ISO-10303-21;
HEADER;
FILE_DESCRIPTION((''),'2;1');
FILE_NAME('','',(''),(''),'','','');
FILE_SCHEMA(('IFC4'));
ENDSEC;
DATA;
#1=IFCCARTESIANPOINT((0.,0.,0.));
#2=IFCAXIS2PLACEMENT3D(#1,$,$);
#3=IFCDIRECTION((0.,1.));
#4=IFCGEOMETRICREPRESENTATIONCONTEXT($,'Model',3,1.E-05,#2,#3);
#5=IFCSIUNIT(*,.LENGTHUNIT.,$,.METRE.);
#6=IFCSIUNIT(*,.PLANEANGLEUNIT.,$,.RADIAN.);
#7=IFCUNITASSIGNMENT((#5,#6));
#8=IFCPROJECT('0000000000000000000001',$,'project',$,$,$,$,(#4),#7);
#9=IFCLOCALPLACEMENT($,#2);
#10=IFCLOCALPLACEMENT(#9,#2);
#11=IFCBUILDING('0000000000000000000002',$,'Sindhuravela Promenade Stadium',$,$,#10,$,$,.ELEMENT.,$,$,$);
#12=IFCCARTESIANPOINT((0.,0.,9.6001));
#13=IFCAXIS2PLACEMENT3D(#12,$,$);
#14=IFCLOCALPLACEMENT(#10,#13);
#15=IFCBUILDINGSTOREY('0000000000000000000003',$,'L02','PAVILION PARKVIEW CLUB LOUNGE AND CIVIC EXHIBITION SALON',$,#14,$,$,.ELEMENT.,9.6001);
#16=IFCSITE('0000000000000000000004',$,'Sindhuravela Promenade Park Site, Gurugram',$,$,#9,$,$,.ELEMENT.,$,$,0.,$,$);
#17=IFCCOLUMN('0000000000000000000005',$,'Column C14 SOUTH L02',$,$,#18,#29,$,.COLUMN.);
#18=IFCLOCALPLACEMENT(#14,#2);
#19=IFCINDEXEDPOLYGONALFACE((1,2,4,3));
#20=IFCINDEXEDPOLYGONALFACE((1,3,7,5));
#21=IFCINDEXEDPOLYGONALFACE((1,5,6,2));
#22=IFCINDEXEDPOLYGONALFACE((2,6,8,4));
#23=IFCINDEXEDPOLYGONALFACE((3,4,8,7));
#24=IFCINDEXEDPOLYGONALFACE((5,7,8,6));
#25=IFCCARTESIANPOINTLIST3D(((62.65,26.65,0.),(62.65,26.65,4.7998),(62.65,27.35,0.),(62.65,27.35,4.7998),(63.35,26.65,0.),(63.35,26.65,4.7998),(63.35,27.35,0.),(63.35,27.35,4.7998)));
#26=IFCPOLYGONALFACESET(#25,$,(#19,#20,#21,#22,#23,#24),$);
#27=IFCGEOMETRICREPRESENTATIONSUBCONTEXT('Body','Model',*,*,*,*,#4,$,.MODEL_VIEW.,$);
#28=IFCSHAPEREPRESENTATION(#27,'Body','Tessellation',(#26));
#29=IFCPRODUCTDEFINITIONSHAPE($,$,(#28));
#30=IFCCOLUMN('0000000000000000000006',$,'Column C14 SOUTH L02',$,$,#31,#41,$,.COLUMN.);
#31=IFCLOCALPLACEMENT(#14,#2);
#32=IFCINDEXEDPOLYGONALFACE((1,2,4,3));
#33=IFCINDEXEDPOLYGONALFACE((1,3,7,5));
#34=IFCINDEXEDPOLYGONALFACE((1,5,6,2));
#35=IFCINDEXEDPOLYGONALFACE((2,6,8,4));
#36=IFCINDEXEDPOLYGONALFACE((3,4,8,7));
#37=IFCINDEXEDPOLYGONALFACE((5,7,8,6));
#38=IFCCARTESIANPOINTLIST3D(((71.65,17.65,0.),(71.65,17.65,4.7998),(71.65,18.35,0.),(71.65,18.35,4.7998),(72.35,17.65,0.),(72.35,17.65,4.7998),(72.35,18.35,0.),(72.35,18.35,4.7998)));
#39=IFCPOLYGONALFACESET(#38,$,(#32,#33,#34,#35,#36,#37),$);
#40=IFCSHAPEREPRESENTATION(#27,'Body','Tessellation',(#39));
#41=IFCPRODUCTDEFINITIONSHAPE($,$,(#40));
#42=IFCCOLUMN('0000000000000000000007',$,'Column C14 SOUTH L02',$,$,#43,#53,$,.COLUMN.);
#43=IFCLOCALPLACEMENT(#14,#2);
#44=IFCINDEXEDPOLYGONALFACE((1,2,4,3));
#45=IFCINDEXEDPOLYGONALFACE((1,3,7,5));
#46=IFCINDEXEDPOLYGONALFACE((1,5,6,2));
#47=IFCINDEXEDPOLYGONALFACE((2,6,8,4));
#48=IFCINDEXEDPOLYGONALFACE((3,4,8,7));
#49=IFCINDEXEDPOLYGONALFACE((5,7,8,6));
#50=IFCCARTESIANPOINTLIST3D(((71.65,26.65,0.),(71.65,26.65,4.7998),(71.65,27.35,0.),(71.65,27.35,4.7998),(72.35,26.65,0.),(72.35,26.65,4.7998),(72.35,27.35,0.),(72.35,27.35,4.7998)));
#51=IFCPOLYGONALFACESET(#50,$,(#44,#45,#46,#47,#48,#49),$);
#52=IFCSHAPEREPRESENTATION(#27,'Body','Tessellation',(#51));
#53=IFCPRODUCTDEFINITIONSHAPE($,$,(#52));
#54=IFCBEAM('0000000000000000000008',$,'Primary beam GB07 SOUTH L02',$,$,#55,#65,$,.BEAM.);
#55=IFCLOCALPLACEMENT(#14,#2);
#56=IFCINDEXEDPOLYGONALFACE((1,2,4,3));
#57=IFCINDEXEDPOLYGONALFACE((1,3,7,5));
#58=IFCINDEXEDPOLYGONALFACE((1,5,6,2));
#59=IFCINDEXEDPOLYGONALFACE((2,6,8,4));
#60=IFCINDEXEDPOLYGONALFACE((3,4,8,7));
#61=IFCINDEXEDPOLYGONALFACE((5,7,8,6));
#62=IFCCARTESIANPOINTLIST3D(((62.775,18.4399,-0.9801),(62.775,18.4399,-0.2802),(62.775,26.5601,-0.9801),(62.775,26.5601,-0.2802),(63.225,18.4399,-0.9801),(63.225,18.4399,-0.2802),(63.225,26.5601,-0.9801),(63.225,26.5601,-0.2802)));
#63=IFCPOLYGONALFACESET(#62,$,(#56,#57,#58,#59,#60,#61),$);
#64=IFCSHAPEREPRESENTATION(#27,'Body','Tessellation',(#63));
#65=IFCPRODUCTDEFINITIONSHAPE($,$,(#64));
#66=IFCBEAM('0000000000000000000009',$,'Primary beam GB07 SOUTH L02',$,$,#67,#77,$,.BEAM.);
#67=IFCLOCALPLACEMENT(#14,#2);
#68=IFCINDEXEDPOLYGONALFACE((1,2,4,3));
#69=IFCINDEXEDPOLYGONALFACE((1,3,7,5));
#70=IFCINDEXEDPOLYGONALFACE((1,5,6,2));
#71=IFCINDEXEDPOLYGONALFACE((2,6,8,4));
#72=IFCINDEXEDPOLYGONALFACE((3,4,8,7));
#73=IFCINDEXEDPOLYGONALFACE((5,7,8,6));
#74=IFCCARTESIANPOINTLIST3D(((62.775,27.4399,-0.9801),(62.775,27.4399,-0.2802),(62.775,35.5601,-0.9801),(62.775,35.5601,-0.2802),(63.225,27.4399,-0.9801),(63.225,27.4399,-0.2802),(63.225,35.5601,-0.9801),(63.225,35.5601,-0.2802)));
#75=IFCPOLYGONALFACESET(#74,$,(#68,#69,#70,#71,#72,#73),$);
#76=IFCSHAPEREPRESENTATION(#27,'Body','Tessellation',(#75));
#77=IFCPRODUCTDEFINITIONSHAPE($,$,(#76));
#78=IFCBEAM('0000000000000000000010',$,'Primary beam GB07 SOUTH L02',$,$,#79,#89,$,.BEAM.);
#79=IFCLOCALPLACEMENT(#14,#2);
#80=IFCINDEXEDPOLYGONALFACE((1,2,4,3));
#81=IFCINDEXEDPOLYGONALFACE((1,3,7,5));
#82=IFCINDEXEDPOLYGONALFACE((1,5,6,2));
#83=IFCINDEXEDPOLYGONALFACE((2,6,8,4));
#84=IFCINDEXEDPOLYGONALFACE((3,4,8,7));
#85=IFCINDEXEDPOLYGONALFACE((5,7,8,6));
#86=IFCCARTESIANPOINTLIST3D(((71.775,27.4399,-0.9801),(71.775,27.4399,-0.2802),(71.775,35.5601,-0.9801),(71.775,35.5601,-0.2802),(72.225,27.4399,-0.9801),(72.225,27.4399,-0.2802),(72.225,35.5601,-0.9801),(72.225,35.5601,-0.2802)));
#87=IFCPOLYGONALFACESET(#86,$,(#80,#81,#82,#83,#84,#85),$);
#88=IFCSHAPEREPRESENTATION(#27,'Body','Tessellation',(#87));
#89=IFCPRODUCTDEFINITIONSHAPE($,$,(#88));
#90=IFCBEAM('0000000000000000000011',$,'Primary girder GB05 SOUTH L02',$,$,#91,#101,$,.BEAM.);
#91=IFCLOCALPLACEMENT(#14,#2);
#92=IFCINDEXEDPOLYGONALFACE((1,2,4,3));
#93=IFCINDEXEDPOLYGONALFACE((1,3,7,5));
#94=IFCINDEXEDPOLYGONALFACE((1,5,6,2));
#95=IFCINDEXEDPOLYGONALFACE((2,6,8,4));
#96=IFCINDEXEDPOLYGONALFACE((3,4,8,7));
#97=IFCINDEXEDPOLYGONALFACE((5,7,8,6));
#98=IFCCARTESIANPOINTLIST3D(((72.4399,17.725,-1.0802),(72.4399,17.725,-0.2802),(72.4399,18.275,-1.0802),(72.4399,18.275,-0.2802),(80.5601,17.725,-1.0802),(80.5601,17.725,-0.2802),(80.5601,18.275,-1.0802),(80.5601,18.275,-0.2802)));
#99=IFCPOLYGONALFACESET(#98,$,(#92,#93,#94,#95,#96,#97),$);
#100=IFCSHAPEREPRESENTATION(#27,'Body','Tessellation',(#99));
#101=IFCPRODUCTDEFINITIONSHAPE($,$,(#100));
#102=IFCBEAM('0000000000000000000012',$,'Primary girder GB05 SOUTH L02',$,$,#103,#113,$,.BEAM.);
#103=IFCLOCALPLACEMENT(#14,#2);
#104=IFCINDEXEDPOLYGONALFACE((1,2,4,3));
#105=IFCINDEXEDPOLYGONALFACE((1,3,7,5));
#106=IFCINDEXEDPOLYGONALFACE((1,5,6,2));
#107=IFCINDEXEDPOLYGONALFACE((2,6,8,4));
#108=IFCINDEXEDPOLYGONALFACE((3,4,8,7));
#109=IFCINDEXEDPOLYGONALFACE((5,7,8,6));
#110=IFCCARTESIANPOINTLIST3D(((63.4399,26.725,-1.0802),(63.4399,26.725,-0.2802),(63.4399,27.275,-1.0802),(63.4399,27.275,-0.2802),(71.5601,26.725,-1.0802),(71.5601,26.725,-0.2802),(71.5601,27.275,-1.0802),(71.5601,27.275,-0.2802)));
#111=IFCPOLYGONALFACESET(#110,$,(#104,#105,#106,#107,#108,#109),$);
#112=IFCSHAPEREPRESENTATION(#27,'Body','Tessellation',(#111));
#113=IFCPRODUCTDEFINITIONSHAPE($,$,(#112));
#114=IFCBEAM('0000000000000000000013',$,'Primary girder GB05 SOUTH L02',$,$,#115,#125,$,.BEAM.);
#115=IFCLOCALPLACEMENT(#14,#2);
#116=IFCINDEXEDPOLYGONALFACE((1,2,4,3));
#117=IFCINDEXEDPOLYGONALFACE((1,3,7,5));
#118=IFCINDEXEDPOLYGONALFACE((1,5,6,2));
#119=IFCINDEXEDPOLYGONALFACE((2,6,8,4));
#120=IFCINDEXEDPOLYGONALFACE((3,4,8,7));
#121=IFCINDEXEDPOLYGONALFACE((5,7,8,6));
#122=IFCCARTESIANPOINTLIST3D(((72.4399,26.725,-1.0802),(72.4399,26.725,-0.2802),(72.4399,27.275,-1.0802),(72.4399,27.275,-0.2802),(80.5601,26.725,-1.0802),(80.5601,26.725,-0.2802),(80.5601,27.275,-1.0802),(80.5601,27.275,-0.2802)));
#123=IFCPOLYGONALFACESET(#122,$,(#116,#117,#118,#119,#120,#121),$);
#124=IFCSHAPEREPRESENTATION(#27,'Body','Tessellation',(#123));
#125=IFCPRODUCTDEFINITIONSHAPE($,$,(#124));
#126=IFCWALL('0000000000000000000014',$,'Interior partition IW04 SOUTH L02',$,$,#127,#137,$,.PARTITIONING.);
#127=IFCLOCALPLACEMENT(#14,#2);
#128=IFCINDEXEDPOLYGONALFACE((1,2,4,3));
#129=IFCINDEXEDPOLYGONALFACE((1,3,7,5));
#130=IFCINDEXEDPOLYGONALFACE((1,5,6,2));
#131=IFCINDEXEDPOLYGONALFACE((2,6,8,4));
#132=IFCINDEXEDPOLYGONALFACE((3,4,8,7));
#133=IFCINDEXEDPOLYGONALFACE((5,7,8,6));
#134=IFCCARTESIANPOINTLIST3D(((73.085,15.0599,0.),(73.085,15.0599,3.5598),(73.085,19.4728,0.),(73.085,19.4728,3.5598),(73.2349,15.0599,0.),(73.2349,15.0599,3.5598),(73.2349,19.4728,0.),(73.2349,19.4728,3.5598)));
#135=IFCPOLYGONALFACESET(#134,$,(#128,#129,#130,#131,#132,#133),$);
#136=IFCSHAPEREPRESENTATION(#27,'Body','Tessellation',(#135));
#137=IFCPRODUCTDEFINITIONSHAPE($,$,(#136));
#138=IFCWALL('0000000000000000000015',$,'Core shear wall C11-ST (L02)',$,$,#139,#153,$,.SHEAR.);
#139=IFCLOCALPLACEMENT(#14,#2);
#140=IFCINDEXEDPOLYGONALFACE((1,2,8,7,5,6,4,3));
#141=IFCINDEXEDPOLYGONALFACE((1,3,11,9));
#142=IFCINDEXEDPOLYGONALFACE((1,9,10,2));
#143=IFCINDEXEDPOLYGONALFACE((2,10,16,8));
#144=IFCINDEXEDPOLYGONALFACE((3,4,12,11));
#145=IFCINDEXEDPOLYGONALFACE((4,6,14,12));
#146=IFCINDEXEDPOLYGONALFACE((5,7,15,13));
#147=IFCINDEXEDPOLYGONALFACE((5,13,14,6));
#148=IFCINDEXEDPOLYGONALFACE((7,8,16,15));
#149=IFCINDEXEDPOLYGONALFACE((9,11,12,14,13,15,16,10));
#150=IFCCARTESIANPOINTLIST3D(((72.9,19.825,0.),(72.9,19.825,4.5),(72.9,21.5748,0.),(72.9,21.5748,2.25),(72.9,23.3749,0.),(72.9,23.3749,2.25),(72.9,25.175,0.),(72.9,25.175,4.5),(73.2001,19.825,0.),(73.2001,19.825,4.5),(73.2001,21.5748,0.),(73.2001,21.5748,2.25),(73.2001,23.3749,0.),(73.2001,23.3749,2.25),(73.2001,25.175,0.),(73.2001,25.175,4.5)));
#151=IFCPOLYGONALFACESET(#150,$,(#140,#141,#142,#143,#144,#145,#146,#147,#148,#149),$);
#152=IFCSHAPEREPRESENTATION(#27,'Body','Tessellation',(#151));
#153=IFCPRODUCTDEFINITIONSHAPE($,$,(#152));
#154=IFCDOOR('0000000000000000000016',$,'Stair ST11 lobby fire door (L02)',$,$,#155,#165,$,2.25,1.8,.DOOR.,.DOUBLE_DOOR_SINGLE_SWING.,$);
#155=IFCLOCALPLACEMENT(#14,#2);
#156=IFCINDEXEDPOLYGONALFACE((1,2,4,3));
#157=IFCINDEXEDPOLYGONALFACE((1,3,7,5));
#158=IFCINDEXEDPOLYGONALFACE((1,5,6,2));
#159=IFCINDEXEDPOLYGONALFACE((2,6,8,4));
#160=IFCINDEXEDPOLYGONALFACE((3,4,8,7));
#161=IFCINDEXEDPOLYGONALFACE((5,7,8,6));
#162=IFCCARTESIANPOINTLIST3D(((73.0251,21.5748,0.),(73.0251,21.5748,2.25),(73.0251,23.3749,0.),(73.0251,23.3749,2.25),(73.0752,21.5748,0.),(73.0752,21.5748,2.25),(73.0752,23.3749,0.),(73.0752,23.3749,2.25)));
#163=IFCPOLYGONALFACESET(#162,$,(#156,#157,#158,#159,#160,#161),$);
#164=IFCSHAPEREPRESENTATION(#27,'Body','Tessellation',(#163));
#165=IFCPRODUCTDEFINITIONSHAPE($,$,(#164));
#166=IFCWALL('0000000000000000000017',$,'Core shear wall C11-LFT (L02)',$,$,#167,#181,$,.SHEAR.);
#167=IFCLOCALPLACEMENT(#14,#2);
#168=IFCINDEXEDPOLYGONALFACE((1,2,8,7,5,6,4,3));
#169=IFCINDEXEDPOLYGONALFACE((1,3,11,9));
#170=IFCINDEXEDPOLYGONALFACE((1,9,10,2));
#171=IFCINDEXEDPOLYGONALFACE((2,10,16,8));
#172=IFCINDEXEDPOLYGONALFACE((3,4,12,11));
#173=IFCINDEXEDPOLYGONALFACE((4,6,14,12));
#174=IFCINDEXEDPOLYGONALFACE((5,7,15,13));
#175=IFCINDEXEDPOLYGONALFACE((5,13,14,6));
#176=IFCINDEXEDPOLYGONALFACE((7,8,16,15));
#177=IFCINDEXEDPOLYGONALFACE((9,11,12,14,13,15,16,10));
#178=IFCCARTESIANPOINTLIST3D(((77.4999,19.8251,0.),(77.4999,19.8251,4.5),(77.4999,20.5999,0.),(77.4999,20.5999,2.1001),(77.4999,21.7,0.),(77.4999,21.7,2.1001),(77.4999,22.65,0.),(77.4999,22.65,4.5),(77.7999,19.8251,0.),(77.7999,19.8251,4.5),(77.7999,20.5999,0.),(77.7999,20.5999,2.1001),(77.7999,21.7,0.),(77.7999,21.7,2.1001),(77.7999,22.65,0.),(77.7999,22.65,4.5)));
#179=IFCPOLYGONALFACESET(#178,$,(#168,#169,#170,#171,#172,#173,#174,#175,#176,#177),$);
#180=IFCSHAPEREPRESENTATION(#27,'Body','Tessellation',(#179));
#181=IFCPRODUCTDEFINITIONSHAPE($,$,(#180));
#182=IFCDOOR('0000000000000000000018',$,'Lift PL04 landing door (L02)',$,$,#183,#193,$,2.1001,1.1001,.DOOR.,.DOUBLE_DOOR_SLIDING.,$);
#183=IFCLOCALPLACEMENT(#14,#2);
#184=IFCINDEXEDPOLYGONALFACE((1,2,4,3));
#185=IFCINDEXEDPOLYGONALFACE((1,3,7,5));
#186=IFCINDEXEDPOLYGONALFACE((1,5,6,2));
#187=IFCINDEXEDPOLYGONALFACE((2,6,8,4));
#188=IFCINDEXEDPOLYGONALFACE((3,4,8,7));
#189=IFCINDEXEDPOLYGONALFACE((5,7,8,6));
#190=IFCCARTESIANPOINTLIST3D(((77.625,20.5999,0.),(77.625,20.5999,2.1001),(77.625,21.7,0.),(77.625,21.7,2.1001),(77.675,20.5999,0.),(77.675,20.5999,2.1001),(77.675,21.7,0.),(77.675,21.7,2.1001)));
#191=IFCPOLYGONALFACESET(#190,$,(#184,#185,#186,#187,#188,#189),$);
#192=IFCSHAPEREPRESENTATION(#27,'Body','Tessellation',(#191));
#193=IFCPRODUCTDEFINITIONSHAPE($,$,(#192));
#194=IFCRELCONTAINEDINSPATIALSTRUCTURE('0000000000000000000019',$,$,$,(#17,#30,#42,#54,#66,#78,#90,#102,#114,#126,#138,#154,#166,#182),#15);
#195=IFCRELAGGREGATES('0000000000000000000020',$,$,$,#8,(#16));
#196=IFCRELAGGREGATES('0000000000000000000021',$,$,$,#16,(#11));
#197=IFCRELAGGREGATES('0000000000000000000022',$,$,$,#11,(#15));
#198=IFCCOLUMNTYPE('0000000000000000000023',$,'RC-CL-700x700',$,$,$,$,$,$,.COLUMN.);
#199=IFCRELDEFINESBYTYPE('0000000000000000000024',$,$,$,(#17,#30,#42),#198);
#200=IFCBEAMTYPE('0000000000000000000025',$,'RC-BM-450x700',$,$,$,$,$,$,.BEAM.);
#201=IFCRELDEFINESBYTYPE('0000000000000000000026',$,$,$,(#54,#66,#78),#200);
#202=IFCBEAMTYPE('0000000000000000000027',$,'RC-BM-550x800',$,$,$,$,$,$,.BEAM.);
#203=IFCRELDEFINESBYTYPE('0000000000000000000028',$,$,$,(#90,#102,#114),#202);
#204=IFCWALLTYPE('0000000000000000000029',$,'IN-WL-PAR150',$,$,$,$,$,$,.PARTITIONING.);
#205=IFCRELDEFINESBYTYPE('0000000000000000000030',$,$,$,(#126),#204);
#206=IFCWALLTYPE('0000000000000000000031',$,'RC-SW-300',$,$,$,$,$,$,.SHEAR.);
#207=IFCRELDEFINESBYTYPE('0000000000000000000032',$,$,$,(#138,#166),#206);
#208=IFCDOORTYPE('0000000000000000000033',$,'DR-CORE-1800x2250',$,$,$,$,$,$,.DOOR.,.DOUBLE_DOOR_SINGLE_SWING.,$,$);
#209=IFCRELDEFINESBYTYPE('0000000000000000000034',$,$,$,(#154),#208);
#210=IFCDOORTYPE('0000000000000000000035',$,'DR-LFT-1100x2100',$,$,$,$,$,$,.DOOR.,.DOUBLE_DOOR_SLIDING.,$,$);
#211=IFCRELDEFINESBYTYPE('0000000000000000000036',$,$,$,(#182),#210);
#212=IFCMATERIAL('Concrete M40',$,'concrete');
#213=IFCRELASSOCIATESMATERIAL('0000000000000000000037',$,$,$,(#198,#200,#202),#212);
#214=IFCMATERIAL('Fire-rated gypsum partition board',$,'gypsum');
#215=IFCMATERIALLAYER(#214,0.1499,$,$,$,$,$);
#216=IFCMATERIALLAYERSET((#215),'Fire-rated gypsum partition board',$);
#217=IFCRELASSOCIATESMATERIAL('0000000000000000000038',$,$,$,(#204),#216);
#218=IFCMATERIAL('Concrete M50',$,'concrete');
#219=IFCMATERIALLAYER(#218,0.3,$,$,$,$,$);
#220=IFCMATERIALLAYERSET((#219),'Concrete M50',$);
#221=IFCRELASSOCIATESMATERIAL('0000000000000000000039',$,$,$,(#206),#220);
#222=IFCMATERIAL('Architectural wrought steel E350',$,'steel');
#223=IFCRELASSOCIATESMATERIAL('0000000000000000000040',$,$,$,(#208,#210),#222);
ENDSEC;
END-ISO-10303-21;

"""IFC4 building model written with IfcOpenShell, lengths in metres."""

from ifc_helpers import new_model, si_unit, direction, frame, frame_2d, origin, origin_2d, place, context, subcontext, project, spatial, rectangle, extrude, material, layer, layer_set, material_profile, profile_set, type_object, element, fill, save


model = new_model("IFC4")

# Units and contexts
model_context = context("Model", 3, precision=1e-05, world=origin(), true_north=direction((0.0, 1.0)))
body_context = subcontext(model_context, "Body", "Model", "MODEL_VIEW")
ifc_project = project(units=[si_unit("LENGTHUNIT", "METRE"), si_unit("PLANEANGLEUNIT", "RADIAN")], contexts=[model_context])

# Site, building, storey
site_placement = place(None, origin())
site = spatial("IfcSite", under=ifc_project, at=site_placement, Name="Sindhuravela Promenade Park Site, Gurugram", CompositionType="ELEMENT", RefElevation=0.0)
building_placement = place(site_placement, origin())
building = spatial("IfcBuilding", under=site, at=building_placement, Name="Sindhuravela Promenade Stadium", CompositionType="ELEMENT")
storey_placement = place(building_placement, frame((0.0, 0.0, 9.6001)))
storey = spatial("IfcBuildingStorey", under=building, at=storey_placement, Name="L02", Description="PAVILION PARKVIEW CLUB LOUNGE AND CIVIC EXHIBITION SALON", CompositionType="ELEMENT", Elevation=9.6001)

# Columns
ifc_material_1 = material(Name="Concrete M40", Category="concrete")
ifc_material_profile_1 = material_profile(ifc_material_1, rectangle(XDim=0.7, YDim=0.7, at=origin_2d()), Name="RC 700x700")
ifc_profile_set_1 = profile_set([ifc_material_profile_1], Name="Concrete M40")
column_type = type_object("IfcColumnType", Name="RC-CL-700x700", PredefinedType="COLUMN", material=ifc_profile_set_1)
for number, where, z_axis, x_axis, name in (
    (1, (63.0, 27.0, 0.0), (0.0, 0.0, 1.0), (1.0, 0.0, 0.0), "Column C14 SOUTH L02"),
    (2, (72.0, 18.0, 0.0), (0.0, 0.0, 1.0), (1.0, 0.0, 0.0), "Column C14 SOUTH L02"),
    (3, (72.0, 27.0, 0.0), (0.0, 0.0, 1.0), (1.0, 0.0, 0.0), "Column C14 SOUTH L02"),
):
    element("IfcColumn", number, at=place(storey_placement, frame(where, z_axis=z_axis, x_axis=x_axis)), inside=storey, type_object=column_type, Name=name, PredefinedType="COLUMN", context=body_context, shape_type="SweptSolid", body=[
        extrude(rectangle(XDim=0.7, YDim=0.7, at=origin_2d()), origin(), (0.0, 0.0, 1.0), 4.7998),
    ])

# Beams
ifc_material_profile_2 = material_profile(ifc_material_1, rectangle(XDim=0.45, YDim=0.7, at=origin_2d()), Name="RC 450x700")
ifc_profile_set_2 = profile_set([ifc_material_profile_2], Name="Concrete M40")
beam_type_1 = type_object("IfcBeamType", Name="RC-BM-450x700", PredefinedType="BEAM", material=ifc_profile_set_2)
for number, where, z_axis, x_axis, name in (
    (4, (63.0, 18.4399, -0.6301), (0.0, 1.0, 0.0), (-1.0, 0.0, 0.0), "Primary beam GB07 SOUTH L02"),
    (5, (63.0, 27.4399, -0.6301), (0.0, 1.0, 0.0), (-1.0, 0.0, 0.0), "Primary beam GB07 SOUTH L02"),
    (6, (72.0, 27.4399, -0.6301), (0.0, 1.0, 0.0), (-1.0, 0.0, 0.0), "Primary beam GB07 SOUTH L02"),
):
    element("IfcBeam", number, at=place(storey_placement, frame(where, z_axis=z_axis, x_axis=x_axis)), inside=storey, type_object=beam_type_1, Name=name, PredefinedType="BEAM", context=body_context, shape_type="SweptSolid", body=[
        extrude(rectangle(XDim=0.45, YDim=0.7, at=origin_2d()), origin(), (0.0, 0.0, 1.0), 8.1201),
    ])
ifc_material_profile_3 = material_profile(ifc_material_1, rectangle(XDim=0.55, YDim=0.8, at=origin_2d()), Name="RC 550x800")
ifc_profile_set_3 = profile_set([ifc_material_profile_3], Name="Concrete M40")
beam_type_2 = type_object("IfcBeamType", Name="RC-BM-550x800", PredefinedType="BEAM", material=ifc_profile_set_3)
for number, where, z_axis, x_axis, name in (
    (7, (72.4399, 18.0, -0.6802), (1.0, 0.0, 0.0), (0.0, 1.0, 0.0), "Primary girder GB05 SOUTH L02"),
    (8, (63.4399, 27.0, -0.6802), (1.0, 0.0, 0.0), (0.0, 1.0, 0.0), "Primary girder GB05 SOUTH L02"),
    (9, (72.4399, 27.0, -0.6802), (1.0, 0.0, 0.0), (0.0, 1.0, 0.0), "Primary girder GB05 SOUTH L02"),
):
    element("IfcBeam", number, at=place(storey_placement, frame(where, z_axis=z_axis, x_axis=x_axis)), inside=storey, type_object=beam_type_2, Name=name, PredefinedType="BEAM", context=body_context, shape_type="SweptSolid", body=[
        extrude(rectangle(XDim=0.55, YDim=0.8, at=origin_2d()), origin(), (0.0, 0.0, 1.0), 8.1201),
    ])

# Wall
ifc_material_2 = material(Name="Fire-rated gypsum partition board", Category="gypsum")
ifc_layer_1 = layer(ifc_material_2, 0.1499)
ifc_layer_set_1 = layer_set([ifc_layer_1], Name="Fire-rated gypsum partition board")
wall_type_1 = type_object("IfcWallType", Name="IN-WL-PAR150", PredefinedType="PARTITIONING", material=ifc_layer_set_1)
wall_1_placement = place(storey_placement, frame((73.1599, 19.4729, 0.0), z_axis=(0.0, 0.0, 1.0), x_axis=(0.0, -1.0, 0.0)))
element("IfcWall", 10, at=wall_1_placement, inside=storey, type_object=wall_type_1, Name="Interior partition IW04 SOUTH L02", PredefinedType="PARTITIONING", context=body_context, shape_type="SweptSolid", body=[
    extrude(rectangle(XDim=4.4128, YDim=0.1499, at=frame_2d((2.2065, 0.0))), origin(), (0.0, 0.0, 1.0), 3.5598),
])

# Walls, openings, doors
ifc_material_3 = material(Name="Concrete M50", Category="concrete")
ifc_layer_2 = layer(ifc_material_3, 0.3)
ifc_layer_set_2 = layer_set([ifc_layer_2], Name="Concrete M50")
wall_type_2 = type_object("IfcWallType", Name="RC-SW-300", PredefinedType="SHEAR", material=ifc_layer_set_2)
wall_2_placement = place(storey_placement, frame((73.05, 19.825, 0.0), z_axis=(0.0, 0.0, 1.0), x_axis=(0.0, 1.0, 0.0)))
wall_2 = element("IfcWall", 11, at=wall_2_placement, inside=storey, type_object=wall_type_2, Name="Core shear wall C11-ST (L02)", PredefinedType="SHEAR", context=body_context, shape_type="SweptSolid", body=[
    extrude(rectangle(XDim=5.3501, YDim=0.3, at=frame_2d((2.675, 0.0))), origin(), (0.0, 0.0, 1.0), 4.5),
])
opening_1_placement = place(wall_2_placement, frame((1.75, 0.0, 0.0)))
opening_1 = element("IfcOpeningElement", 12, at=opening_1_placement, cuts=wall_2, PredefinedType="OPENING", context=body_context, shape_type="SweptSolid", body=[
    extrude(rectangle(XDim=1.8, YDim=2.25, at=frame_2d((0.8999, 1.125))), frame((0.0, 0.1599, 0.0), z_axis=(0.0, -1.0, 0.0), x_axis=(1.0, 0.0, 0.0)), (0.0, 0.0, 1.0), 0.3201),
])
ifc_material_4 = material(Name="Architectural wrought steel E350", Category="steel")
door_type_1 = type_object("IfcDoorType", Name="DR-CORE-1800x2250", OperationType="DOUBLE_DOOR_SINGLE_SWING", PredefinedType="DOOR", material=ifc_material_4)
door_1_placement = place(opening_1_placement, origin())
door_1 = element("IfcDoor", 13, at=door_1_placement, inside=storey, type_object=door_type_1, Name="Stair ST11 lobby fire door (L02)", OperationType="DOUBLE_DOOR_SINGLE_SWING", OverallHeight=2.25, OverallWidth=1.8, PredefinedType="DOOR", context=body_context, shape_type="SweptSolid", body=[
    extrude(rectangle(XDim=1.8, YDim=2.25, at=frame_2d((0.8999, 1.125))), frame((0.0, 0.0249, 0.0), z_axis=(0.0, -1.0, 0.0), x_axis=(1.0, 0.0, 0.0)), (0.0, 0.0, 1.0), 0.05),
])
fill(opening_1, door_1)
wall_3_placement = place(storey_placement, frame((77.6499, 19.825, 0.0), z_axis=(0.0, 0.0, 1.0), x_axis=(0.0, 1.0, 0.0)))
wall_3 = element("IfcWall", 14, at=wall_3_placement, inside=storey, type_object=wall_type_2, Name="Core shear wall C11-LFT (L02)", PredefinedType="SHEAR", context=body_context, shape_type="SweptSolid", body=[
    extrude(rectangle(XDim=2.825, YDim=0.3, at=frame_2d((1.4126, 0.0))), origin(), (0.0, 0.0, 1.0), 4.5),
])
opening_2_placement = place(wall_3_placement, frame((0.7749, 0.0, 0.0)))
opening_2 = element("IfcOpeningElement", 15, at=opening_2_placement, cuts=wall_3, PredefinedType="OPENING", context=body_context, shape_type="SweptSolid", body=[
    extrude(rectangle(XDim=1.1001, YDim=2.1001, at=frame_2d((0.55, 1.05))), frame((0.0, 0.1599, 0.0), z_axis=(0.0, -1.0, 0.0), x_axis=(1.0, 0.0, 0.0)), (0.0, 0.0, 1.0), 0.3201),
])
door_type_2 = type_object("IfcDoorType", Name="DR-LFT-1100x2100", OperationType="DOUBLE_DOOR_SLIDING", PredefinedType="DOOR", material=ifc_material_4)
door_2_placement = place(opening_2_placement, origin())
door_2 = element("IfcDoor", 16, at=door_2_placement, inside=storey, type_object=door_type_2, Name="Lift PL04 landing door (L02)", OperationType="DOUBLE_DOOR_SLIDING", OverallHeight=2.1001, OverallWidth=1.1001, PredefinedType="DOOR", context=body_context, shape_type="SweptSolid", body=[
    extrude(rectangle(XDim=1.1001, YDim=2.1001, at=frame_2d((0.55, 1.05))), frame((0.0, 0.0249, 0.0), z_axis=(0.0, -1.0, 0.0), x_axis=(1.0, 0.0, 0.0)), (0.0, 0.0, 1.0), 0.05),
])
fill(opening_2, door_2)

save(model, "model.ifc")
